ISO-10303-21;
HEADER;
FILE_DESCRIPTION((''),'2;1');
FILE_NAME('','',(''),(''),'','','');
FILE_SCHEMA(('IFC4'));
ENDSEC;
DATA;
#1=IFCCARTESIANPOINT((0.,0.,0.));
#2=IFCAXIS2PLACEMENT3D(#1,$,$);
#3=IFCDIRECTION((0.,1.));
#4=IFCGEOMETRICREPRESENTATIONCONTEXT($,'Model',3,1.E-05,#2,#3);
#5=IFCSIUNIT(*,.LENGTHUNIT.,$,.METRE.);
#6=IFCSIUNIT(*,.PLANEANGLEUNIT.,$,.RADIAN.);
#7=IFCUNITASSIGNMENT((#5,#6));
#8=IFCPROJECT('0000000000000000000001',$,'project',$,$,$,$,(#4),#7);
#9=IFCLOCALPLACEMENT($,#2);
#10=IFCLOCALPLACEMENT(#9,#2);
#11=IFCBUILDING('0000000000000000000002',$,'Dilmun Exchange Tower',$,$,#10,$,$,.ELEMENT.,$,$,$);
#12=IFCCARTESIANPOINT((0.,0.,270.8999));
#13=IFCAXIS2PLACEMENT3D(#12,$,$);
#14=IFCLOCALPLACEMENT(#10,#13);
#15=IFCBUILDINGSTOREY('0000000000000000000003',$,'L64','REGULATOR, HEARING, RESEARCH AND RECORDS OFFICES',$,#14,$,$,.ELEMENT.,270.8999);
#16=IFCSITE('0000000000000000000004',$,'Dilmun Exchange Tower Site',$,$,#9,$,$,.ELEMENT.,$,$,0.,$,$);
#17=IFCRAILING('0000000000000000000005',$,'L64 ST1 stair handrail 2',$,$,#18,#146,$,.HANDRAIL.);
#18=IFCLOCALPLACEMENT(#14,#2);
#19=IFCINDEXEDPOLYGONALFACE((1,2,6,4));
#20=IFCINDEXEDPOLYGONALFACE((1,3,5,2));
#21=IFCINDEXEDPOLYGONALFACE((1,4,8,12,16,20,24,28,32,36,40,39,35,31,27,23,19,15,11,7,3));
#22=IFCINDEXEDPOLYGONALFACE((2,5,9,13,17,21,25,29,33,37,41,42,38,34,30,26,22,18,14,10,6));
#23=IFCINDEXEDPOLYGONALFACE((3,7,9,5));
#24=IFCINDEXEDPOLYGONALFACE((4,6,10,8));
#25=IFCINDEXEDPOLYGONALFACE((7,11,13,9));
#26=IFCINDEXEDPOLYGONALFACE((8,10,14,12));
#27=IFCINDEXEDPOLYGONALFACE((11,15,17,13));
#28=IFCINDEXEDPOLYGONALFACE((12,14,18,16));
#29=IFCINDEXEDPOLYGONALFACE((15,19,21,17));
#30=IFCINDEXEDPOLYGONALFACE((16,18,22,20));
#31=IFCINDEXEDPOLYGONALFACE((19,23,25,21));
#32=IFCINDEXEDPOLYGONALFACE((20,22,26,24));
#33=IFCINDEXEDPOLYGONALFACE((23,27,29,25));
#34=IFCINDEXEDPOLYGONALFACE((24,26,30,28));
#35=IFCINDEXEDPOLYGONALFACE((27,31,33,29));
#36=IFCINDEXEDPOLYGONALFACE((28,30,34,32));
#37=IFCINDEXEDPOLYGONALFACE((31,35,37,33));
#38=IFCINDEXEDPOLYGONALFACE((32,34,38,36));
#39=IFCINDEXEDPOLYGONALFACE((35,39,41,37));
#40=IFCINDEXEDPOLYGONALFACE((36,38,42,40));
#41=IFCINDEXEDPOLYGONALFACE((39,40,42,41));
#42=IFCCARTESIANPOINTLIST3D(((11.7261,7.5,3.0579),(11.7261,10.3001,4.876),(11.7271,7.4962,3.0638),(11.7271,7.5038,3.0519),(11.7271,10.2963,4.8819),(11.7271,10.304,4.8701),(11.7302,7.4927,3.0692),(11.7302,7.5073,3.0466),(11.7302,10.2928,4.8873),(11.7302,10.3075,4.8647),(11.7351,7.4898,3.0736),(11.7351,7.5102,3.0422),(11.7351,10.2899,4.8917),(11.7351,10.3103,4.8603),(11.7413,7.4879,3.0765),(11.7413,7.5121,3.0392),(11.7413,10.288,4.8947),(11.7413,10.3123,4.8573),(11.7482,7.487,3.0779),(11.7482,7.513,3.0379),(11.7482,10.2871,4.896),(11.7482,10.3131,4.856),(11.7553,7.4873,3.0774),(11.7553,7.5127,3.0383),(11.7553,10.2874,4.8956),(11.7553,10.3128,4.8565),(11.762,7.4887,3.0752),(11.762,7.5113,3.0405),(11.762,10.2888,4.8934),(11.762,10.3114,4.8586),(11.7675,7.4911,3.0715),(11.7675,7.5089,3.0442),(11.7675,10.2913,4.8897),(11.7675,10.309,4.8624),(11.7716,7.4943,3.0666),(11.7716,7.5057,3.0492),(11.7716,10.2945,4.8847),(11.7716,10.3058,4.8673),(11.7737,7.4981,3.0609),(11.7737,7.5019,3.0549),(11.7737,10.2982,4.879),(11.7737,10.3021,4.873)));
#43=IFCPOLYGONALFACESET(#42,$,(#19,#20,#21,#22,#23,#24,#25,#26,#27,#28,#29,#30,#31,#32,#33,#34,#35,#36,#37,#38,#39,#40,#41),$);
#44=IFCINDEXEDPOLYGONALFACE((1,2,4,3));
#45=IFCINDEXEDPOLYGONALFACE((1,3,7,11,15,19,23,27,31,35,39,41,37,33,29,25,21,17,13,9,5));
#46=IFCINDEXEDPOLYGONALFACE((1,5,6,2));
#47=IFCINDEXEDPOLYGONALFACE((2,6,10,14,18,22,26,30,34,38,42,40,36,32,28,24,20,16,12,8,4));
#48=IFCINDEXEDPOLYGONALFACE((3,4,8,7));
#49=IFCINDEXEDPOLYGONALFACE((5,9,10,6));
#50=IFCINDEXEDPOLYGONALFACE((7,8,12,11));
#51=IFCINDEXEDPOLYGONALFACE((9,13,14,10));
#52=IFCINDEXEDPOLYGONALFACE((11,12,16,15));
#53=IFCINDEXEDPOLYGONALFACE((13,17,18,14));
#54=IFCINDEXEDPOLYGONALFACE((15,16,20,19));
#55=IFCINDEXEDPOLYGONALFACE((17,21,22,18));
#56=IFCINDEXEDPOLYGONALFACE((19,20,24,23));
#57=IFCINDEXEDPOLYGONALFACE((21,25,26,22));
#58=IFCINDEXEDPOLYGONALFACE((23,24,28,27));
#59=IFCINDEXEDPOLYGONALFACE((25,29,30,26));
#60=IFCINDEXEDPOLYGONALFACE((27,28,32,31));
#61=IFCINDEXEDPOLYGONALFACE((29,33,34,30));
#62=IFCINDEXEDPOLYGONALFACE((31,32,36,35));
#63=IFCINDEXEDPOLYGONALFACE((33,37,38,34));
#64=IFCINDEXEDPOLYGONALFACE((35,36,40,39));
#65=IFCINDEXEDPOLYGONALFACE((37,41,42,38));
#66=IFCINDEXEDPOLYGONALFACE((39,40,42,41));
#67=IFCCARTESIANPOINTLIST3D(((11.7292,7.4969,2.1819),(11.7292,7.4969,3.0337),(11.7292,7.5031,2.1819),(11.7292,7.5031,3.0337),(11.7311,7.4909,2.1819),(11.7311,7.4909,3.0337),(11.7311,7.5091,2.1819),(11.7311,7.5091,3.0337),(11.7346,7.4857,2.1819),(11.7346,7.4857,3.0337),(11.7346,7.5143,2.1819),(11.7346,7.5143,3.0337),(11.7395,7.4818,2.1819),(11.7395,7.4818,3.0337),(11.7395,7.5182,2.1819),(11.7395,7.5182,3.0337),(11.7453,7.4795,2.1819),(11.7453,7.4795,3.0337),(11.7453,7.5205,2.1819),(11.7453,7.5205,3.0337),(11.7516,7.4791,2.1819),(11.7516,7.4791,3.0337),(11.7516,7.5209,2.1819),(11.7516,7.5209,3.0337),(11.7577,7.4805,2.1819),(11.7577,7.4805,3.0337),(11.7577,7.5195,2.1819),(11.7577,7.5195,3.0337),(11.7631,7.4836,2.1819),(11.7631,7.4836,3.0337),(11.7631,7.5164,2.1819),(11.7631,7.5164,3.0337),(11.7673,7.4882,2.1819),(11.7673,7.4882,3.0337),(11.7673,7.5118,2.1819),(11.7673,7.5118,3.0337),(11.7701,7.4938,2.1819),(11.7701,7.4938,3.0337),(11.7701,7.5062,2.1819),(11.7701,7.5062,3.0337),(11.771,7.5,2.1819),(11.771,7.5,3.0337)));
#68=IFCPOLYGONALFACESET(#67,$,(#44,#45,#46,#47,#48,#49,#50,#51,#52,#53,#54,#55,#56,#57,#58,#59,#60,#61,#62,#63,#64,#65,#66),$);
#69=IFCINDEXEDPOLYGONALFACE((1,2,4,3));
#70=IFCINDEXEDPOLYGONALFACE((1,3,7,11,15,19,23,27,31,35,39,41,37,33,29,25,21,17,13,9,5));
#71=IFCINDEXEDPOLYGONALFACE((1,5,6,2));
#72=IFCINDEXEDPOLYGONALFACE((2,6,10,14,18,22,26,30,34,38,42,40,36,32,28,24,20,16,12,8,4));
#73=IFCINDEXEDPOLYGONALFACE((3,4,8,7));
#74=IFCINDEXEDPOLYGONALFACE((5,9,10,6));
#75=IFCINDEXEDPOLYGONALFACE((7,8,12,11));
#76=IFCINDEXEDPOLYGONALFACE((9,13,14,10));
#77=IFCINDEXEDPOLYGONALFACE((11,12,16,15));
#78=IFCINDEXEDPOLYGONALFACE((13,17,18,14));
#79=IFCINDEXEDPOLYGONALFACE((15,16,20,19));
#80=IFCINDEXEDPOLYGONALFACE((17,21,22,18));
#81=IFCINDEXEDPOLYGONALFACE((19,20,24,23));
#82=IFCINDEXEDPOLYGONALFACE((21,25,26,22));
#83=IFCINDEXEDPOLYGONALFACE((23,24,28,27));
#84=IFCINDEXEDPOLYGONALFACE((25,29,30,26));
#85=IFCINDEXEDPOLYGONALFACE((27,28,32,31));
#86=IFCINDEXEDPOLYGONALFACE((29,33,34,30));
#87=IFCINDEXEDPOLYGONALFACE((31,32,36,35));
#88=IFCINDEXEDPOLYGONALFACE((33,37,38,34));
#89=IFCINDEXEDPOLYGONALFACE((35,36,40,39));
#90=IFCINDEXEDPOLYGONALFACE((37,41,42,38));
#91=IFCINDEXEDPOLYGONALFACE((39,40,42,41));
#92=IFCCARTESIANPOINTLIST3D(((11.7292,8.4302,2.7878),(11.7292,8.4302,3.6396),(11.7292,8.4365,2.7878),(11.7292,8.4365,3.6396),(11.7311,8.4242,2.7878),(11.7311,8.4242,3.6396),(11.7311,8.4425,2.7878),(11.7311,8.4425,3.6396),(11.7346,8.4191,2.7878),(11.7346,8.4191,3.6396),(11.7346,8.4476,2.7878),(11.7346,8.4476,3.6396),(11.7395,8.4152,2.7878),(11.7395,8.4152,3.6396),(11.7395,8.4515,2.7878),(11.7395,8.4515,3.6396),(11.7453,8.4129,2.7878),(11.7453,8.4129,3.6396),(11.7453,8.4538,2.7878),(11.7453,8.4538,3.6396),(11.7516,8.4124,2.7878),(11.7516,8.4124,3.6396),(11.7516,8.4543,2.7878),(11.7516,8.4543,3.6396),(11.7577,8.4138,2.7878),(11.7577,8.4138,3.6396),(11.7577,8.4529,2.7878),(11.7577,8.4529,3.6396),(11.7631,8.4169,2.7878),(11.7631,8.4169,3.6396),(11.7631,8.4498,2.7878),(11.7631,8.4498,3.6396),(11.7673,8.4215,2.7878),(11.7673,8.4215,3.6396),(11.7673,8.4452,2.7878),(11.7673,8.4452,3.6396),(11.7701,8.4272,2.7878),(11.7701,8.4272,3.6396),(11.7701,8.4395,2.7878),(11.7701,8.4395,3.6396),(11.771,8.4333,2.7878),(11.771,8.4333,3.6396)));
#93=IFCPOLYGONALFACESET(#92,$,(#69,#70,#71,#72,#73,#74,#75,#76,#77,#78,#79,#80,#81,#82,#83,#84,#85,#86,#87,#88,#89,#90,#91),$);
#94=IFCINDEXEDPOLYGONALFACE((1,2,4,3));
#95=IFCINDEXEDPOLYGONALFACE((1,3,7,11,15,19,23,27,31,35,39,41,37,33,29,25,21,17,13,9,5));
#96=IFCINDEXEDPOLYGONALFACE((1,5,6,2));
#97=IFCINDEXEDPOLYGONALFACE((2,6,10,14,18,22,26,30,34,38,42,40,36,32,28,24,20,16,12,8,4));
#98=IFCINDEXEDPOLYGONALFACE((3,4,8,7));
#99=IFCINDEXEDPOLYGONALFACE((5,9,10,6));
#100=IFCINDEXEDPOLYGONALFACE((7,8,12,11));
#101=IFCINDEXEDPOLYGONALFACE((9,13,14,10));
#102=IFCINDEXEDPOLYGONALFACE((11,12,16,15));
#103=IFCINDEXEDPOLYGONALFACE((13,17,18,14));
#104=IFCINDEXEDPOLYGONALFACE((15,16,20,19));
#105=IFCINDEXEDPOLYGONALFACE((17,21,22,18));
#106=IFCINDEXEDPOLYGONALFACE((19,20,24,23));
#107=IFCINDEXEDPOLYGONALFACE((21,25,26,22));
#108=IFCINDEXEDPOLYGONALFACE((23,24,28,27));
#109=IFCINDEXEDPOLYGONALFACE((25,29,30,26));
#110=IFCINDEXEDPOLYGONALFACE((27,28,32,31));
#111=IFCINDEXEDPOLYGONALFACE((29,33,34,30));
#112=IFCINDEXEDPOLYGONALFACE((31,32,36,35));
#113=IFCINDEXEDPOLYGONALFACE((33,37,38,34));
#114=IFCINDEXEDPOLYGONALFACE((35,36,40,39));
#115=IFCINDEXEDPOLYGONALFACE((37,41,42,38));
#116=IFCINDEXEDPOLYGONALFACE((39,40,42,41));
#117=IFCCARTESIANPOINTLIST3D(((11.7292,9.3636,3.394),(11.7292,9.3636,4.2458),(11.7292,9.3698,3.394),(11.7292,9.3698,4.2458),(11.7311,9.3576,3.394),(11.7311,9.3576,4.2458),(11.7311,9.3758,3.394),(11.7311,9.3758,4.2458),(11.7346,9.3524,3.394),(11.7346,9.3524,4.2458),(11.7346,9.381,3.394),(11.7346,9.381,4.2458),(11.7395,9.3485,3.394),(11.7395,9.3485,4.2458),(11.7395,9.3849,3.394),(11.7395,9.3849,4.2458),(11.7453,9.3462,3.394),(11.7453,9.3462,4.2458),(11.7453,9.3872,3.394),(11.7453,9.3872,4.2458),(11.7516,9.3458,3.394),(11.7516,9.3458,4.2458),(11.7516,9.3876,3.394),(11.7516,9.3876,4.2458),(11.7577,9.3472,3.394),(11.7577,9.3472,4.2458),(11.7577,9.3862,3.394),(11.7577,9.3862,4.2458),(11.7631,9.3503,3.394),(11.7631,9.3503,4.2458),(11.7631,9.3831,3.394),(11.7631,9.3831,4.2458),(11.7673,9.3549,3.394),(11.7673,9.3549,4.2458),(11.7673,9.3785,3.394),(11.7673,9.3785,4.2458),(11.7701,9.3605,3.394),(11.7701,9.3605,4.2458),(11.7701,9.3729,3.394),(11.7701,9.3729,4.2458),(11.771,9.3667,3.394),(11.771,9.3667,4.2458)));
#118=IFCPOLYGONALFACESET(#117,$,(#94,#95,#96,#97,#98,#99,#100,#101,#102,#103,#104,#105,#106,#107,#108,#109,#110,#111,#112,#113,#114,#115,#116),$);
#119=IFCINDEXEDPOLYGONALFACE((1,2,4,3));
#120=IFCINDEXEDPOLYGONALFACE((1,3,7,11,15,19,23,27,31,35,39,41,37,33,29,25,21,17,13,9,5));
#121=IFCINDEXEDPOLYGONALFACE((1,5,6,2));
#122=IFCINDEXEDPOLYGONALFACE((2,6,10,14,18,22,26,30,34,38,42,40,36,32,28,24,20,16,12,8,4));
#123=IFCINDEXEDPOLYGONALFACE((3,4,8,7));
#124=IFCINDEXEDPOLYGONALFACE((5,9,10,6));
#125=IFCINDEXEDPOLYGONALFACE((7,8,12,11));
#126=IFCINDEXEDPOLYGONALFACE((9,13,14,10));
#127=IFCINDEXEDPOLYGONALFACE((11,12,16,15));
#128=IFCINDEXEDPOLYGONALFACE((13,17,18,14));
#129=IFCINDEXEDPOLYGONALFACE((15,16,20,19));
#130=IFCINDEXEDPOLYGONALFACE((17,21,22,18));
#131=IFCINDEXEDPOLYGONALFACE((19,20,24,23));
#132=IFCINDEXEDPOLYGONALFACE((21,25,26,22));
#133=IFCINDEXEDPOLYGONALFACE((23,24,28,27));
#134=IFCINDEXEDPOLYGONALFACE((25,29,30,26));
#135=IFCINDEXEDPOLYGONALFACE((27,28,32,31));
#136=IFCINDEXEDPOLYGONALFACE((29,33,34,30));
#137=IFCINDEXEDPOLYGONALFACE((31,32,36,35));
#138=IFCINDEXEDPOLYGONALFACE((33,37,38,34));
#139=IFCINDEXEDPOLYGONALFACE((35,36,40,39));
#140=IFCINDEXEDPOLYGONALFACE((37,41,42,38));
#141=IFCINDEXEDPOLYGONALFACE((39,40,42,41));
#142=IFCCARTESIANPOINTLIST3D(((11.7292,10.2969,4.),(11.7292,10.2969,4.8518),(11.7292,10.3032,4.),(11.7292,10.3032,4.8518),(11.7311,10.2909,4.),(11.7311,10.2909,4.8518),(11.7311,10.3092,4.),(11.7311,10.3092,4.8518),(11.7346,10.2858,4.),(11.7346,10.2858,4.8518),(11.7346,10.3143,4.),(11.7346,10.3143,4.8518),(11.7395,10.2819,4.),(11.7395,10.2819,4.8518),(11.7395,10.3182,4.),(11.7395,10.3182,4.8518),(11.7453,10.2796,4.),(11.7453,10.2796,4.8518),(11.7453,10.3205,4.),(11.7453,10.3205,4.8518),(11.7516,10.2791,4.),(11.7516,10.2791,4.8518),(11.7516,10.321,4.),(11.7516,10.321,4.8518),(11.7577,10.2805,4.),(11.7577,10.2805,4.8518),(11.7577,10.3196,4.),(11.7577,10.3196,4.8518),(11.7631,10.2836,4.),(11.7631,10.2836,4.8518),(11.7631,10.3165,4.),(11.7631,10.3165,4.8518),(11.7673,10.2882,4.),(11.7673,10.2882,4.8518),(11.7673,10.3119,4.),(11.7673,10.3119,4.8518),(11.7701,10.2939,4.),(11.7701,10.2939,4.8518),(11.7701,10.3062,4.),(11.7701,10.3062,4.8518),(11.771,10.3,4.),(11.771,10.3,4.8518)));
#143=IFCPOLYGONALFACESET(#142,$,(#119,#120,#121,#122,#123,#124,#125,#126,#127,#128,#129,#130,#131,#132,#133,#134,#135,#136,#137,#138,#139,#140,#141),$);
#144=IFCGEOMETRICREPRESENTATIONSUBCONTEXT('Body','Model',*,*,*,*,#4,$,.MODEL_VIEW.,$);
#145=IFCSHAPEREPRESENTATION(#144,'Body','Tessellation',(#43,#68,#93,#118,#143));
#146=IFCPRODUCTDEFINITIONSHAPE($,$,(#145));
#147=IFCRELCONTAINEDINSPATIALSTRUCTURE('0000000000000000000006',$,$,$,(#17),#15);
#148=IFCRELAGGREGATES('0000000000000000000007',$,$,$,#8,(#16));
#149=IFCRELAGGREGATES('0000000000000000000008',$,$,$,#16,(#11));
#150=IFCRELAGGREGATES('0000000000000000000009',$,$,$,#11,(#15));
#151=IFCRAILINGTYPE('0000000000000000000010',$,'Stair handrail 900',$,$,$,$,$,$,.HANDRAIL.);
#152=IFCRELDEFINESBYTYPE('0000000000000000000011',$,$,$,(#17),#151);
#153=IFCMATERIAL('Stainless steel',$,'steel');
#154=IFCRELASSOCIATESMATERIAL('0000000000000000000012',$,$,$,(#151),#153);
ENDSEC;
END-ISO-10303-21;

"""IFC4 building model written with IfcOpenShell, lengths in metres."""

from ifc_helpers import new_model, si_unit, direction, frame, origin, origin_2d, place, context, subcontext, project, spatial, circle, extrude, material, type_object, element, save


model = new_model("IFC4")

# Units and contexts
model_context = context("Model", 3, precision=1e-05, world=origin(), true_north=direction((0.0, 1.0)))
body_context = subcontext(model_context, "Body", "Model", "MODEL_VIEW")
ifc_project = project(units=[si_unit("LENGTHUNIT", "METRE"), si_unit("PLANEANGLEUNIT", "RADIAN")], contexts=[model_context])

# Site, building, storey
site_placement = place(None, origin())
site = spatial("IfcSite", under=ifc_project, at=site_placement, Name="Dilmun Exchange Tower Site", CompositionType="ELEMENT", RefElevation=0.0)
building_placement = place(site_placement, origin())
building = spatial("IfcBuilding", under=site, at=building_placement, Name="Dilmun Exchange Tower", CompositionType="ELEMENT")
storey_placement = place(building_placement, frame((0.0, 0.0, 270.8999)))
storey = spatial("IfcBuildingStorey", under=building, at=storey_placement, Name="L64", Description="REGULATOR, HEARING, RESEARCH AND RECORDS OFFICES", CompositionType="ELEMENT", Elevation=270.8999)

# Railing
ifc_material_1 = material(Name="Stainless steel", Category="steel")
railing_type = type_object("IfcRailingType", Name="Stair handrail 900", PredefinedType="HANDRAIL", material=ifc_material_1)
railing_placement = place(storey_placement, frame((11.75, 7.5, 2.1819)))
element("IfcRailing", 1, at=railing_placement, inside=storey, type_object=railing_type, Name="L64 ST1 stair handrail 2", PredefinedType="HANDRAIL", context=body_context, shape_type="SweptSolid", body=[
    extrude(circle(Radius=0.0239, at=origin_2d()), frame((0.0, 0.0, 0.876), z_axis=(0.0, 0.838706, 0.544585), x_axis=(-1.0, 0.0, 0.0)), (0.0, 0.0, 1.0), 3.3386),
    extrude(circle(Radius=0.021, at=origin_2d()), origin(), (0.0, 0.0, 1.0), 0.8518),
    extrude(circle(Radius=0.021, at=origin_2d()), frame((0.0, 0.9333, 0.606)), (0.0, 0.0, 1.0), 0.8518),
    extrude(circle(Radius=0.021, at=origin_2d()), frame((0.0, 1.8667, 1.2122)), (0.0, 0.0, 1.0), 0.8518),
    extrude(circle(Radius=0.021, at=origin_2d()), frame((0.0, 2.8, 1.8181)), (0.0, 0.0, 1.0), 0.8518),
])

save(model, "model.ifc")
